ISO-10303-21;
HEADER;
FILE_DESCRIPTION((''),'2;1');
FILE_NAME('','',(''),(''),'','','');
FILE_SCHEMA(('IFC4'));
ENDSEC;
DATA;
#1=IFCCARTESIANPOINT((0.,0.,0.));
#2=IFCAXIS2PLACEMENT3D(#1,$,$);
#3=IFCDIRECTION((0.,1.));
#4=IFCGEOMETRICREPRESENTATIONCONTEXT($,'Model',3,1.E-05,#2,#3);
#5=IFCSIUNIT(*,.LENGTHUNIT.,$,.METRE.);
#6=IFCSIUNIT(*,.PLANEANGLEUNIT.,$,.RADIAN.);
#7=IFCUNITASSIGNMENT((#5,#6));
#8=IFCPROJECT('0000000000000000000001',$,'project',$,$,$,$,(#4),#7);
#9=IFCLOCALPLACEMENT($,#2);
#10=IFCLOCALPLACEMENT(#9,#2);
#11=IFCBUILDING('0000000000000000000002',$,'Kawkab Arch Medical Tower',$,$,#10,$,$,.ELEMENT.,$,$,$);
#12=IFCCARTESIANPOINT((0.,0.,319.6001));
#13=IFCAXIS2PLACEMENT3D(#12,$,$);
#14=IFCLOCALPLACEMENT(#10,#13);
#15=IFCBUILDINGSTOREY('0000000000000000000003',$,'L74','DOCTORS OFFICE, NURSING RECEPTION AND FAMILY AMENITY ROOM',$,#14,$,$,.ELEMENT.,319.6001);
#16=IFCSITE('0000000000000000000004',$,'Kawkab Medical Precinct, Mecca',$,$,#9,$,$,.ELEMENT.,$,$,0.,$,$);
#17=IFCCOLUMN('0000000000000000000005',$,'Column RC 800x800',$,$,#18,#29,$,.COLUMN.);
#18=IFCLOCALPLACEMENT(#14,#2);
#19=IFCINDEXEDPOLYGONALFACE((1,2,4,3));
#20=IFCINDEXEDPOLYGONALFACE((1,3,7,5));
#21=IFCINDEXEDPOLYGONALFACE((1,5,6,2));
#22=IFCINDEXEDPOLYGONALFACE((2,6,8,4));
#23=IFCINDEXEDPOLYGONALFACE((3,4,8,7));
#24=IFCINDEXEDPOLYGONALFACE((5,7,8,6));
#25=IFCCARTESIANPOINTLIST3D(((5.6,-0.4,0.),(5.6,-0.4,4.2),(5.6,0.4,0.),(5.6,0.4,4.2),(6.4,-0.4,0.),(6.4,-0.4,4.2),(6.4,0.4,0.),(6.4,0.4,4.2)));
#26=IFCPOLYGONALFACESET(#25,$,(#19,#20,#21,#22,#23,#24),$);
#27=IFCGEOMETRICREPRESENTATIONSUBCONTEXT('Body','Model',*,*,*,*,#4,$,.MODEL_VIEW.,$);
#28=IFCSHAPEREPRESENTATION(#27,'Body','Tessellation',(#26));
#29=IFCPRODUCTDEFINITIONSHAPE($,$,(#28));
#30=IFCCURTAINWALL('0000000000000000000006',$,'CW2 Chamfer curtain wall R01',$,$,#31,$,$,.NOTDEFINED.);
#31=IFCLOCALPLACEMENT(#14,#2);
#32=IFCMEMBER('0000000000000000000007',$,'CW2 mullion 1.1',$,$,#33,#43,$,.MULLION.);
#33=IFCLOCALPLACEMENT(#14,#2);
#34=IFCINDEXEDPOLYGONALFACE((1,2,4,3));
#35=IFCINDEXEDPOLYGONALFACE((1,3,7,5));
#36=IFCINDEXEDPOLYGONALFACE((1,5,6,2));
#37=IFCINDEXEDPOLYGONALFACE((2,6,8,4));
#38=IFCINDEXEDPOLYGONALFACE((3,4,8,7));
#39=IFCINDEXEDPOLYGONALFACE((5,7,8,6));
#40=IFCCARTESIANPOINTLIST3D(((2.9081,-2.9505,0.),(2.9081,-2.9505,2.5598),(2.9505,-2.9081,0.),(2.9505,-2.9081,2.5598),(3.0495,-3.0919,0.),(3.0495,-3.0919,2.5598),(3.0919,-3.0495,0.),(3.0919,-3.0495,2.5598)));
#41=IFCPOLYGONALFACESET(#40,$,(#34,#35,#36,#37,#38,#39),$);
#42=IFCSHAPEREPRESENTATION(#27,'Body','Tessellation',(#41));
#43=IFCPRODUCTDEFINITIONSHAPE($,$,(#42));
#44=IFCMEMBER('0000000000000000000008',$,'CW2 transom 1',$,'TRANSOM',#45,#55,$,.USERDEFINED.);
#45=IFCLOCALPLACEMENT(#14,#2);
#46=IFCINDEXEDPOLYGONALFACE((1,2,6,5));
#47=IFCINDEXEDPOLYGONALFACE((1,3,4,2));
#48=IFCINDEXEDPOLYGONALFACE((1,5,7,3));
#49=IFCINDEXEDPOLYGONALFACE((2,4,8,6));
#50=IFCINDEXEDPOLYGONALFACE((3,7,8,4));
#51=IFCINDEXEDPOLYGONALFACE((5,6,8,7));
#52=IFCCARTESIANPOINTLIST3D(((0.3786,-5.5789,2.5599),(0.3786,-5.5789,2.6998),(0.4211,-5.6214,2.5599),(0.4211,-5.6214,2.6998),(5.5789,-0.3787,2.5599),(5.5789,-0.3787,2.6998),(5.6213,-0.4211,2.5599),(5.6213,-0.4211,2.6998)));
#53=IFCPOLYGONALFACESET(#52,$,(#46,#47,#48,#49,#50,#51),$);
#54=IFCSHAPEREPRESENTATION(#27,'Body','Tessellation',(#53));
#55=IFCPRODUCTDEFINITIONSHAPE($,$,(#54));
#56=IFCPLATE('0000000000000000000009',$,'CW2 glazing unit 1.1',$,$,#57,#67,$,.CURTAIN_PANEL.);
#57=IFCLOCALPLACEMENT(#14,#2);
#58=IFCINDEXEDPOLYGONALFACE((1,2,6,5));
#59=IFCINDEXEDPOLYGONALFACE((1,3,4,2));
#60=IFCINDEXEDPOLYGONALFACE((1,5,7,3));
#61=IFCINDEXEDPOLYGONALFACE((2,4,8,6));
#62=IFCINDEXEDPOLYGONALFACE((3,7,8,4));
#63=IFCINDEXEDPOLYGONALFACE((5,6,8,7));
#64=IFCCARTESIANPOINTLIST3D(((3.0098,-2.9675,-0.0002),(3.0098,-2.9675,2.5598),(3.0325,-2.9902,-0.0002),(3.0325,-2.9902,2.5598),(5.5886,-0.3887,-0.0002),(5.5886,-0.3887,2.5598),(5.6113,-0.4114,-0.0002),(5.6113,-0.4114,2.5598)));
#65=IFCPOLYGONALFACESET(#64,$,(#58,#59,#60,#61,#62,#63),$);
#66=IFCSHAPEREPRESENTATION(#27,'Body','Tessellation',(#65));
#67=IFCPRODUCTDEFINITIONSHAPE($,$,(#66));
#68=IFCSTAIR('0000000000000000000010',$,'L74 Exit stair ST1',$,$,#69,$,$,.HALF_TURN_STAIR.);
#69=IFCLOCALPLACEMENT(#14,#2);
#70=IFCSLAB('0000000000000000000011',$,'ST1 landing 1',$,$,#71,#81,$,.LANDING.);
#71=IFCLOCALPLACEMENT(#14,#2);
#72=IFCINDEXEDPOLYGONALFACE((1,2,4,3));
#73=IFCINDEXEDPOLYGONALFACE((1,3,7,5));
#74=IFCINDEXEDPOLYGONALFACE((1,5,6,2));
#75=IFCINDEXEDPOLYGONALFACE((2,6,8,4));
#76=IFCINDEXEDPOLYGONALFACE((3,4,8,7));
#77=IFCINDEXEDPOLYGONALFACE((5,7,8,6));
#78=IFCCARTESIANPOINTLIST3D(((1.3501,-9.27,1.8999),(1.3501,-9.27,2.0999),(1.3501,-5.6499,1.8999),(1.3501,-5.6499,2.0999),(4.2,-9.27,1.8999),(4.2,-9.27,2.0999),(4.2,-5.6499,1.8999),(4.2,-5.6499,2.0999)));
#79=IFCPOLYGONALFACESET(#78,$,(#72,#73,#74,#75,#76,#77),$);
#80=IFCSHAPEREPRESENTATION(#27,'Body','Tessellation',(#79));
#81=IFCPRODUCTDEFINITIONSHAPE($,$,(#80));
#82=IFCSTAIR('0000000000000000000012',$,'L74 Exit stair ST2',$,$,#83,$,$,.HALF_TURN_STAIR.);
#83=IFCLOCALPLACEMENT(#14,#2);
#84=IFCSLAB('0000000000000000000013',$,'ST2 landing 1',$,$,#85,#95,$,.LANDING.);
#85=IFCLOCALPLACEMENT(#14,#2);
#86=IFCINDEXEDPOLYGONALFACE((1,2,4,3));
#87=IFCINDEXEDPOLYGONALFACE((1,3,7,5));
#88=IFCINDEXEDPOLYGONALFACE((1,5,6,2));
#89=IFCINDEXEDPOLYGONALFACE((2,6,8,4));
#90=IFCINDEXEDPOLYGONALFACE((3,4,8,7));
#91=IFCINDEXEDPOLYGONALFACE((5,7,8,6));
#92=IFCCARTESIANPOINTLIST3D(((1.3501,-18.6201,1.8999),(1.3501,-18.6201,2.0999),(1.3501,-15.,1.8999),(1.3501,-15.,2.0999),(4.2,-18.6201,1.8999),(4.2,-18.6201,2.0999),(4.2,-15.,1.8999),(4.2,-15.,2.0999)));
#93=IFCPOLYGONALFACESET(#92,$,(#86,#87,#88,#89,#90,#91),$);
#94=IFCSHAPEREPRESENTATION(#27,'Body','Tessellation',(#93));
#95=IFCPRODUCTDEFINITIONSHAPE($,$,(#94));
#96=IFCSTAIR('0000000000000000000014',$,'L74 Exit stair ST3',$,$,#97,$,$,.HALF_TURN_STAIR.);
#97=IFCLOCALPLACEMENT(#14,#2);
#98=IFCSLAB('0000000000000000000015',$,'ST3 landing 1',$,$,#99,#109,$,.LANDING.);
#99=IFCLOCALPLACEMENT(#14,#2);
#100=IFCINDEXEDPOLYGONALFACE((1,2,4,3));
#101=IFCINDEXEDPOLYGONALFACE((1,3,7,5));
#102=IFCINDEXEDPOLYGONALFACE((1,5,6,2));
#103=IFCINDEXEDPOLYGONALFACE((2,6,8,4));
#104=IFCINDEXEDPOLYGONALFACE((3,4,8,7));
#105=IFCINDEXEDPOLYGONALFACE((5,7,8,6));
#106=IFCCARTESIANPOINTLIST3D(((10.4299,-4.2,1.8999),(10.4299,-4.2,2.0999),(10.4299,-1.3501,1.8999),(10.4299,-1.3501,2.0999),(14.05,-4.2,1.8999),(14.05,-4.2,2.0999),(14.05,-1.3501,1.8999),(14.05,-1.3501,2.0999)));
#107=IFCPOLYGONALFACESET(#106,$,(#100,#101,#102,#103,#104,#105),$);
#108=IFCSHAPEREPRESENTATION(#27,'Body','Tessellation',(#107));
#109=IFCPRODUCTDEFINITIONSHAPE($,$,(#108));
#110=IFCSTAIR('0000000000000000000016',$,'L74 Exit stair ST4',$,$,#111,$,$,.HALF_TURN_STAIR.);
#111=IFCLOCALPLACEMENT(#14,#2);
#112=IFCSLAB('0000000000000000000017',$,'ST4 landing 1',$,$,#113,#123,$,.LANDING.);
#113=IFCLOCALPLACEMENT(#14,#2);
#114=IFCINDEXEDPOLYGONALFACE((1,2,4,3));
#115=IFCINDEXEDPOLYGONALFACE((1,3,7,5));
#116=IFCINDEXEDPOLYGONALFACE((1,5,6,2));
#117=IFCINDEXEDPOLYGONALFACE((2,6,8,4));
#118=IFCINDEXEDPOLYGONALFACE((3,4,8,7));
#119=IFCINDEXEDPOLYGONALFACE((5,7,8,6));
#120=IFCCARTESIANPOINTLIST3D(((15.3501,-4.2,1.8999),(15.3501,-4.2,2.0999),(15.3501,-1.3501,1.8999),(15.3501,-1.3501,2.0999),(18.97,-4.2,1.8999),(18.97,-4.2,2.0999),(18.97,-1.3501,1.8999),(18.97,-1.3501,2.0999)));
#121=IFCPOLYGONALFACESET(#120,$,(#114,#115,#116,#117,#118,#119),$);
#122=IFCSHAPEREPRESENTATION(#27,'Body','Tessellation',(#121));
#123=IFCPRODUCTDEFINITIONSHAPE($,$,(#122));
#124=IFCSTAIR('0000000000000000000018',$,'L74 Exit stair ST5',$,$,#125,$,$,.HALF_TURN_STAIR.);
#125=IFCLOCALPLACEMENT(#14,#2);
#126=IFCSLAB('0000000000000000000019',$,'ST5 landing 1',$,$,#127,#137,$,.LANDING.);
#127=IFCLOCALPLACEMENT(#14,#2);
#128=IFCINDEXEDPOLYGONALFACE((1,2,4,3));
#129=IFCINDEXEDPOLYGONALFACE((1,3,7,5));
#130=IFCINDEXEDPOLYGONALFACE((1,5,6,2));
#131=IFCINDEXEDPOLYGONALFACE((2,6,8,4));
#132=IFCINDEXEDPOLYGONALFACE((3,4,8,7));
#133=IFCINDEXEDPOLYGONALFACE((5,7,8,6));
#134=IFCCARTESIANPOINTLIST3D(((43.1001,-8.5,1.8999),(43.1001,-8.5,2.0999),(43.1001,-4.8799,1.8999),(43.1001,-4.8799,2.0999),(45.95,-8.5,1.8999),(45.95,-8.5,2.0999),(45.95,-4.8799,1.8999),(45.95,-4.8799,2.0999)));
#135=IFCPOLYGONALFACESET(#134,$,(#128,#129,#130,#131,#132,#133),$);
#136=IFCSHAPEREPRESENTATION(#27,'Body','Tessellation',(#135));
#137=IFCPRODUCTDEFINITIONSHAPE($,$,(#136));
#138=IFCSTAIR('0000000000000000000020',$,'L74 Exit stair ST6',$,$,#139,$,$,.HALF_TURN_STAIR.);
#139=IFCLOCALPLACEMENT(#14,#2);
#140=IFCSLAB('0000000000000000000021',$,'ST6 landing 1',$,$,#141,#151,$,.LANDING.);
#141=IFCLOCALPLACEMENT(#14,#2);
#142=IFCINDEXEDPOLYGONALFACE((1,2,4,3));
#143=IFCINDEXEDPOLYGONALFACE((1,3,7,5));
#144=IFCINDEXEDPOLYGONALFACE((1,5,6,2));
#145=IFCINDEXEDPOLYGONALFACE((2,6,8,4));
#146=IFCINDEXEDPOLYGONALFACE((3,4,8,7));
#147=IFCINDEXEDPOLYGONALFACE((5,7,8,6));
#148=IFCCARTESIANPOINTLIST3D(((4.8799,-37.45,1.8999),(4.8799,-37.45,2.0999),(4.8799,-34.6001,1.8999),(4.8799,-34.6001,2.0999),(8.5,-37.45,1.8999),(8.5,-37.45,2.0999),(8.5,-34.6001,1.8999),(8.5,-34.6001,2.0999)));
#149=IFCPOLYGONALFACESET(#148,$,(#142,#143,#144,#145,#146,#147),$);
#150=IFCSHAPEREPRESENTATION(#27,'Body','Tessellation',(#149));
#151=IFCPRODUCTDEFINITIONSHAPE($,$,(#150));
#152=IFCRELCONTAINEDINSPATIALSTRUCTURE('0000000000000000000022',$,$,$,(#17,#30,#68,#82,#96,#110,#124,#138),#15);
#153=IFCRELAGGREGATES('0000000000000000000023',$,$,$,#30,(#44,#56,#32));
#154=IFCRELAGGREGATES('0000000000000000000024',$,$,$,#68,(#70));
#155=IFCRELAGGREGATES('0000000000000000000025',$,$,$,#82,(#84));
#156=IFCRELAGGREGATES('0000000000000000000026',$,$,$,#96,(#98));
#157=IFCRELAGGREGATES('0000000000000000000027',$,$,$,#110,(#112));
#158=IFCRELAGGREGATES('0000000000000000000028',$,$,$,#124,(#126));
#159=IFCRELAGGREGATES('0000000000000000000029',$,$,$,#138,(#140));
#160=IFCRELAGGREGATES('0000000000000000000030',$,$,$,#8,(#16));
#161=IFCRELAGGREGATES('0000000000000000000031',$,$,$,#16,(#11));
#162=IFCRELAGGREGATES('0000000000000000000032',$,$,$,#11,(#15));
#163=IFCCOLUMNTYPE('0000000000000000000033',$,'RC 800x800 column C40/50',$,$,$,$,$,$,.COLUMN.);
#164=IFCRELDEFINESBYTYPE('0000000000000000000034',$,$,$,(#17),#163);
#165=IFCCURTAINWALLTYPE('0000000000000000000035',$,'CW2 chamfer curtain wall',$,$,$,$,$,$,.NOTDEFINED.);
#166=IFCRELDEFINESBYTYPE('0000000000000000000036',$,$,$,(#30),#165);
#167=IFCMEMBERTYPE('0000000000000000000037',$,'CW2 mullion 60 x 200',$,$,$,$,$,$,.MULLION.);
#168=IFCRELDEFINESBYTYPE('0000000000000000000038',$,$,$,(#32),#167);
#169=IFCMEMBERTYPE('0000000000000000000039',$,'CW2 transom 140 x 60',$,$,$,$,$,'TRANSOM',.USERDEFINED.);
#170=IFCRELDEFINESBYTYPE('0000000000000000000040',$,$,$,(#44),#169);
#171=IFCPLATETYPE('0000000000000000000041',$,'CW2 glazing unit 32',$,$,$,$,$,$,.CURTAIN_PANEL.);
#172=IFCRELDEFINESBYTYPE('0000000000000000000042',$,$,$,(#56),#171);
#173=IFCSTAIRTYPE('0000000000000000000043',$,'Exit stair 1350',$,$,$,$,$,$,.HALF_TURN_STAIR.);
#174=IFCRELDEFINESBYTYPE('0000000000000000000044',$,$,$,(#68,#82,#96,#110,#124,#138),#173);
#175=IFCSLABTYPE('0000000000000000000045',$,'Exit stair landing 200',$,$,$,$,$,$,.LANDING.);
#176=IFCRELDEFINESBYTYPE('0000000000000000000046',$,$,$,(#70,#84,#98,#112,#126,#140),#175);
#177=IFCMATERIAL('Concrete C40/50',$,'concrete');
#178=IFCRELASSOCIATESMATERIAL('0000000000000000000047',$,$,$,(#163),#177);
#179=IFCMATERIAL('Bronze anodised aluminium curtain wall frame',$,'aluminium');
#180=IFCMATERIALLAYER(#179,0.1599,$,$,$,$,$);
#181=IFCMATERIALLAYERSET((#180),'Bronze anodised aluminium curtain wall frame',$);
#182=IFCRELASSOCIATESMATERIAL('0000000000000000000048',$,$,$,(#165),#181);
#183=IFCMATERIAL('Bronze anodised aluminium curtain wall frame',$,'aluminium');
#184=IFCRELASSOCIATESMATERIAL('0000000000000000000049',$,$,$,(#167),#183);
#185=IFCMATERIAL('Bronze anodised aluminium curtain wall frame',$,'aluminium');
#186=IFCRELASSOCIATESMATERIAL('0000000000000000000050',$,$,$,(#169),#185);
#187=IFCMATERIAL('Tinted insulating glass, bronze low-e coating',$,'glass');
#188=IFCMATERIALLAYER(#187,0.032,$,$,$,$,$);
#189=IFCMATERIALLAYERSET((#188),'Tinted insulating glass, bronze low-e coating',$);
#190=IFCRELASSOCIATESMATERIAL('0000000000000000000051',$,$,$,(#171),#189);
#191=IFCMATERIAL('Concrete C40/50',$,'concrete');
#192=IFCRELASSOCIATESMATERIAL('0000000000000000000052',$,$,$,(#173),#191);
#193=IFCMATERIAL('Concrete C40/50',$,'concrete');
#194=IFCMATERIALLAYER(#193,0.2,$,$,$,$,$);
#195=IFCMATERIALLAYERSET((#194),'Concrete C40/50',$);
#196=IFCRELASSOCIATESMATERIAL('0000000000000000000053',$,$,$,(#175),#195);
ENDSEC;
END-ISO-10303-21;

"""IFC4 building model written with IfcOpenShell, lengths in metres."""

from ifc_helpers import new_model, si_unit, direction, frame, origin, origin_2d, place, context, subcontext, project, spatial, polyline, rectangle, outline, extrude, material, layer, layer_set, material_profile, profile_set, type_object, element, aggregate, save


model = new_model("IFC4")

# Units and contexts
model_context = context("Model", 3, precision=1e-05, world=origin(), true_north=direction((0.0, 1.0)))
body_context = subcontext(model_context, "Body", "Model", "MODEL_VIEW")
ifc_project = project(units=[si_unit("LENGTHUNIT", "METRE"), si_unit("PLANEANGLEUNIT", "RADIAN")], contexts=[model_context])

# Site, building, storey
site_placement = place(None, origin())
site = spatial("IfcSite", under=ifc_project, at=site_placement, Name="Kawkab Medical Precinct, Mecca", CompositionType="ELEMENT", RefElevation=0.0)
building_placement = place(site_placement, origin())
building = spatial("IfcBuilding", under=site, at=building_placement, Name="Kawkab Arch Medical Tower", CompositionType="ELEMENT")
storey_placement = place(building_placement, frame((0.0, 0.0, 319.6001)))
storey = spatial("IfcBuildingStorey", under=building, at=storey_placement, Name="L74", Description="DOCTORS OFFICE, NURSING RECEPTION AND FAMILY AMENITY ROOM", CompositionType="ELEMENT", Elevation=319.6001)

# Column
ifc_material_1 = material(Name="Concrete C40/50", Category="concrete")
ifc_material_profile_1 = material_profile(ifc_material_1, rectangle(XDim=0.8, YDim=0.8, at=origin_2d()), Name="RC 800x800")
ifc_profile_set_1 = profile_set([ifc_material_profile_1], Name="Concrete C40/50")
column_type = type_object("IfcColumnType", Name="RC 800x800 column C40/50", PredefinedType="COLUMN", material=ifc_profile_set_1)
column_placement = place(storey_placement, frame((6.0, 0.0, 0.0), z_axis=(0.0, 0.0, 1.0), x_axis=(1.0, 0.0, 0.0)))
element("IfcColumn", 1, at=column_placement, inside=storey, type_object=column_type, Name="Column RC 800x800", PredefinedType="COLUMN", context=body_context, shape_type="SweptSolid", body=[
    extrude(rectangle(XDim=0.8, YDim=0.8, at=origin_2d()), origin(), (0.0, 0.0, 1.0), 4.2),
])

# Curtain wall, members, plate
ifc_material_2 = material(Name="Bronze anodised aluminium curtain wall frame", Category="aluminium")
ifc_layer_1 = layer(ifc_material_2, 0.1599)
ifc_layer_set_1 = layer_set([ifc_layer_1], Name="Bronze anodised aluminium curtain wall frame")
curtain_wall_type = type_object("IfcCurtainWallType", Name="CW2 chamfer curtain wall", PredefinedType="NOTDEFINED", material=ifc_layer_set_1)
placement_1 = place(storey_placement, origin())
curtain_wall = element("IfcCurtainWall", 2, at=placement_1, inside=storey, type_object=curtain_wall_type, Name="CW2 Chamfer curtain wall R01", PredefinedType="NOTDEFINED")
ifc_material_3 = material(Name="Bronze anodised aluminium curtain wall frame", Category="aluminium")
ifc_material_profile_2 = material_profile(ifc_material_3, rectangle(XDim=0.2, YDim=0.0601, at=origin_2d()), Name="AL 60x200")
ifc_profile_set_2 = profile_set([ifc_material_profile_2], Name="Bronze anodised aluminium curtain wall frame")
member_type_1 = type_object("IfcMemberType", Name="CW2 mullion 60 x 200", PredefinedType="MULLION", material=ifc_profile_set_2)
member_1_placement = place(storey_placement, frame((3.0, -3.0, 0.0), z_axis=(0.0, 0.0, 1.0), x_axis=(0.707107, -0.707107, 0.0)))
member_1 = element("IfcMember", 3, at=member_1_placement, type_object=member_type_1, Name="CW2 mullion 1.1", PredefinedType="MULLION", context=body_context, shape_type="SweptSolid", body=[
    extrude(rectangle(XDim=0.2, YDim=0.0601, at=origin_2d()), origin(), (0.0, 0.0, 1.0), 2.5598),
])
ifc_material_4 = material(Name="Bronze anodised aluminium curtain wall frame", Category="aluminium")
ifc_material_profile_3 = material_profile(ifc_material_4, rectangle(XDim=0.0601, YDim=0.1399, at=origin_2d()), Name="AL 60x140")
ifc_profile_set_3 = profile_set([ifc_material_profile_3], Name="Bronze anodised aluminium curtain wall frame")
member_type_2 = type_object("IfcMemberType", Name="CW2 transom 140 x 60", ElementType="TRANSOM", PredefinedType="USERDEFINED", material=ifc_profile_set_3)
member_2_placement = place(storey_placement, frame((5.6001, -0.3999, 2.6299), z_axis=(-0.707107, -0.707107, 0.0), x_axis=(0.707107, -0.707107, 0.0)))
member_2 = element("IfcMember", 4, at=member_2_placement, type_object=member_type_2, Name="CW2 transom 1", ObjectType="TRANSOM", PredefinedType="USERDEFINED", context=body_context, shape_type="SweptSolid", body=[
    extrude(rectangle(XDim=0.0601, YDim=0.1399, at=origin_2d()), origin(), (0.0, 0.0, 1.0), 7.3542),
])
ifc_material_5 = material(Name="Tinted insulating glass, bronze low-e coating", Category="glass")
ifc_layer_2 = layer(ifc_material_5, 0.032)
ifc_layer_set_2 = layer_set([ifc_layer_2], Name="Tinted insulating glass, bronze low-e coating")
plate_type = type_object("IfcPlateType", Name="CW2 glazing unit 32", PredefinedType="CURTAIN_PANEL", material=ifc_layer_set_2)
plate_placement = place(storey_placement, frame((4.3105, -1.6895, -0.0002), z_axis=(0.0, 0.0, 1.0), x_axis=(-0.707107, -0.707107, 0.0)))
plate = element("IfcPlate", 5, at=plate_placement, type_object=plate_type, Name="CW2 glazing unit 1.1", PredefinedType="CURTAIN_PANEL", context=body_context, shape_type="SweptSolid", body=[
    extrude(rectangle(XDim=3.647, YDim=0.032, at=origin_2d()), origin(), (0.0, 0.0, 1.0), 2.5601),
])
aggregate(curtain_wall, [member_2, plate, member_1])

# Stairs, slabs
ifc_material_6 = material(Name="Concrete C40/50", Category="concrete")
stair_type = type_object("IfcStairType", Name="Exit stair 1350", PredefinedType="HALF_TURN_STAIR", material=ifc_material_6)
stair_1 = element("IfcStair", 6, at=placement_1, inside=storey, type_object=stair_type, Name="L74 Exit stair ST1", PredefinedType="HALF_TURN_STAIR")
ifc_material_7 = material(Name="Concrete C40/50", Category="concrete")
ifc_layer_3 = layer(ifc_material_7, 0.2)
ifc_layer_set_3 = layer_set([ifc_layer_3], Name="Concrete C40/50")
slab_type_1 = type_object("IfcSlabType", Name="Exit stair landing 200", PredefinedType="LANDING", material=ifc_layer_set_3)
placement_2 = place(storey_placement, frame((0.0, 0.0, 1.8999)))
slab_1 = element("IfcSlab", 7, at=placement_2, type_object=slab_type_1, Name="ST1 landing 1", PredefinedType="LANDING", context=body_context, shape_type="SweptSolid", body=[
    extrude(outline(polyline([(4.2, -9.27), (4.2, -5.6499), (1.3501, -5.6499), (1.3501, -9.27), (4.2, -9.27)])), origin(), (0.0, 0.0, 1.0), 0.2),
])
aggregate(stair_1, [slab_1])
stair_2 = element("IfcStair", 8, at=placement_1, inside=storey, type_object=stair_type, Name="L74 Exit stair ST2", PredefinedType="HALF_TURN_STAIR")
slab_2 = element("IfcSlab", 9, at=placement_2, type_object=slab_type_1, Name="ST2 landing 1", PredefinedType="LANDING", context=body_context, shape_type="SweptSolid", body=[
    extrude(outline(polyline([(4.2, -18.6201), (4.2, -15.0), (1.3501, -15.0), (1.3501, -18.6201), (4.2, -18.6201)])), origin(), (0.0, 0.0, 1.0), 0.2),
])
aggregate(stair_2, [slab_2])
stair_3 = element("IfcStair", 10, at=placement_1, inside=storey, type_object=stair_type, Name="L74 Exit stair ST3", PredefinedType="HALF_TURN_STAIR")
slab_3 = element("IfcSlab", 11, at=placement_2, type_object=slab_type_1, Name="ST3 landing 1", PredefinedType="LANDING", context=body_context, shape_type="SweptSolid", body=[
    extrude(outline(polyline([(10.4299, -4.2), (14.05, -4.2), (14.05, -1.3501), (10.4299, -1.3501), (10.4299, -4.2)])), origin(), (0.0, 0.0, 1.0), 0.2),
])
aggregate(stair_3, [slab_3])
stair_4 = element("IfcStair", 12, at=placement_1, inside=storey, type_object=stair_type, Name="L74 Exit stair ST4", PredefinedType="HALF_TURN_STAIR")
slab_4 = element("IfcSlab", 13, at=placement_2, type_object=slab_type_1, Name="ST4 landing 1", PredefinedType="LANDING", context=body_context, shape_type="SweptSolid", body=[
    extrude(outline(polyline([(18.97, -1.3501), (15.3501, -1.3501), (15.3501, -4.2), (18.97, -4.2), (18.97, -1.3501)])), origin(), (0.0, 0.0, 1.0), 0.2),
])
aggregate(stair_4, [slab_4])
stair_5 = element("IfcStair", 14, at=placement_1, inside=storey, type_object=stair_type, Name="L74 Exit stair ST5", PredefinedType="HALF_TURN_STAIR")
slab_5 = element("IfcSlab", 15, at=placement_2, type_object=slab_type_1, Name="ST5 landing 1", PredefinedType="LANDING", context=body_context, shape_type="SweptSolid", body=[
    extrude(outline(polyline([(43.1001, -4.8799), (43.1001, -8.5), (45.95, -8.5), (45.95, -4.8799), (43.1001, -4.8799)])), origin(), (0.0, 0.0, 1.0), 0.2),
])
aggregate(stair_5, [slab_5])
stair_6 = element("IfcStair", 16, at=placement_1, inside=storey, type_object=stair_type, Name="L74 Exit stair ST6", PredefinedType="HALF_TURN_STAIR")
slab_6 = element("IfcSlab", 17, at=placement_2, type_object=slab_type_1, Name="ST6 landing 1", PredefinedType="LANDING", context=body_context, shape_type="SweptSolid", body=[
    extrude(outline(polyline([(4.8799, -37.45), (8.5, -37.45), (8.5, -34.6001), (4.8799, -34.6001), (4.8799, -37.45)])), origin(), (0.0, 0.0, 1.0), 0.2),
])
aggregate(stair_6, [slab_6])

save(model, "model.ifc")
